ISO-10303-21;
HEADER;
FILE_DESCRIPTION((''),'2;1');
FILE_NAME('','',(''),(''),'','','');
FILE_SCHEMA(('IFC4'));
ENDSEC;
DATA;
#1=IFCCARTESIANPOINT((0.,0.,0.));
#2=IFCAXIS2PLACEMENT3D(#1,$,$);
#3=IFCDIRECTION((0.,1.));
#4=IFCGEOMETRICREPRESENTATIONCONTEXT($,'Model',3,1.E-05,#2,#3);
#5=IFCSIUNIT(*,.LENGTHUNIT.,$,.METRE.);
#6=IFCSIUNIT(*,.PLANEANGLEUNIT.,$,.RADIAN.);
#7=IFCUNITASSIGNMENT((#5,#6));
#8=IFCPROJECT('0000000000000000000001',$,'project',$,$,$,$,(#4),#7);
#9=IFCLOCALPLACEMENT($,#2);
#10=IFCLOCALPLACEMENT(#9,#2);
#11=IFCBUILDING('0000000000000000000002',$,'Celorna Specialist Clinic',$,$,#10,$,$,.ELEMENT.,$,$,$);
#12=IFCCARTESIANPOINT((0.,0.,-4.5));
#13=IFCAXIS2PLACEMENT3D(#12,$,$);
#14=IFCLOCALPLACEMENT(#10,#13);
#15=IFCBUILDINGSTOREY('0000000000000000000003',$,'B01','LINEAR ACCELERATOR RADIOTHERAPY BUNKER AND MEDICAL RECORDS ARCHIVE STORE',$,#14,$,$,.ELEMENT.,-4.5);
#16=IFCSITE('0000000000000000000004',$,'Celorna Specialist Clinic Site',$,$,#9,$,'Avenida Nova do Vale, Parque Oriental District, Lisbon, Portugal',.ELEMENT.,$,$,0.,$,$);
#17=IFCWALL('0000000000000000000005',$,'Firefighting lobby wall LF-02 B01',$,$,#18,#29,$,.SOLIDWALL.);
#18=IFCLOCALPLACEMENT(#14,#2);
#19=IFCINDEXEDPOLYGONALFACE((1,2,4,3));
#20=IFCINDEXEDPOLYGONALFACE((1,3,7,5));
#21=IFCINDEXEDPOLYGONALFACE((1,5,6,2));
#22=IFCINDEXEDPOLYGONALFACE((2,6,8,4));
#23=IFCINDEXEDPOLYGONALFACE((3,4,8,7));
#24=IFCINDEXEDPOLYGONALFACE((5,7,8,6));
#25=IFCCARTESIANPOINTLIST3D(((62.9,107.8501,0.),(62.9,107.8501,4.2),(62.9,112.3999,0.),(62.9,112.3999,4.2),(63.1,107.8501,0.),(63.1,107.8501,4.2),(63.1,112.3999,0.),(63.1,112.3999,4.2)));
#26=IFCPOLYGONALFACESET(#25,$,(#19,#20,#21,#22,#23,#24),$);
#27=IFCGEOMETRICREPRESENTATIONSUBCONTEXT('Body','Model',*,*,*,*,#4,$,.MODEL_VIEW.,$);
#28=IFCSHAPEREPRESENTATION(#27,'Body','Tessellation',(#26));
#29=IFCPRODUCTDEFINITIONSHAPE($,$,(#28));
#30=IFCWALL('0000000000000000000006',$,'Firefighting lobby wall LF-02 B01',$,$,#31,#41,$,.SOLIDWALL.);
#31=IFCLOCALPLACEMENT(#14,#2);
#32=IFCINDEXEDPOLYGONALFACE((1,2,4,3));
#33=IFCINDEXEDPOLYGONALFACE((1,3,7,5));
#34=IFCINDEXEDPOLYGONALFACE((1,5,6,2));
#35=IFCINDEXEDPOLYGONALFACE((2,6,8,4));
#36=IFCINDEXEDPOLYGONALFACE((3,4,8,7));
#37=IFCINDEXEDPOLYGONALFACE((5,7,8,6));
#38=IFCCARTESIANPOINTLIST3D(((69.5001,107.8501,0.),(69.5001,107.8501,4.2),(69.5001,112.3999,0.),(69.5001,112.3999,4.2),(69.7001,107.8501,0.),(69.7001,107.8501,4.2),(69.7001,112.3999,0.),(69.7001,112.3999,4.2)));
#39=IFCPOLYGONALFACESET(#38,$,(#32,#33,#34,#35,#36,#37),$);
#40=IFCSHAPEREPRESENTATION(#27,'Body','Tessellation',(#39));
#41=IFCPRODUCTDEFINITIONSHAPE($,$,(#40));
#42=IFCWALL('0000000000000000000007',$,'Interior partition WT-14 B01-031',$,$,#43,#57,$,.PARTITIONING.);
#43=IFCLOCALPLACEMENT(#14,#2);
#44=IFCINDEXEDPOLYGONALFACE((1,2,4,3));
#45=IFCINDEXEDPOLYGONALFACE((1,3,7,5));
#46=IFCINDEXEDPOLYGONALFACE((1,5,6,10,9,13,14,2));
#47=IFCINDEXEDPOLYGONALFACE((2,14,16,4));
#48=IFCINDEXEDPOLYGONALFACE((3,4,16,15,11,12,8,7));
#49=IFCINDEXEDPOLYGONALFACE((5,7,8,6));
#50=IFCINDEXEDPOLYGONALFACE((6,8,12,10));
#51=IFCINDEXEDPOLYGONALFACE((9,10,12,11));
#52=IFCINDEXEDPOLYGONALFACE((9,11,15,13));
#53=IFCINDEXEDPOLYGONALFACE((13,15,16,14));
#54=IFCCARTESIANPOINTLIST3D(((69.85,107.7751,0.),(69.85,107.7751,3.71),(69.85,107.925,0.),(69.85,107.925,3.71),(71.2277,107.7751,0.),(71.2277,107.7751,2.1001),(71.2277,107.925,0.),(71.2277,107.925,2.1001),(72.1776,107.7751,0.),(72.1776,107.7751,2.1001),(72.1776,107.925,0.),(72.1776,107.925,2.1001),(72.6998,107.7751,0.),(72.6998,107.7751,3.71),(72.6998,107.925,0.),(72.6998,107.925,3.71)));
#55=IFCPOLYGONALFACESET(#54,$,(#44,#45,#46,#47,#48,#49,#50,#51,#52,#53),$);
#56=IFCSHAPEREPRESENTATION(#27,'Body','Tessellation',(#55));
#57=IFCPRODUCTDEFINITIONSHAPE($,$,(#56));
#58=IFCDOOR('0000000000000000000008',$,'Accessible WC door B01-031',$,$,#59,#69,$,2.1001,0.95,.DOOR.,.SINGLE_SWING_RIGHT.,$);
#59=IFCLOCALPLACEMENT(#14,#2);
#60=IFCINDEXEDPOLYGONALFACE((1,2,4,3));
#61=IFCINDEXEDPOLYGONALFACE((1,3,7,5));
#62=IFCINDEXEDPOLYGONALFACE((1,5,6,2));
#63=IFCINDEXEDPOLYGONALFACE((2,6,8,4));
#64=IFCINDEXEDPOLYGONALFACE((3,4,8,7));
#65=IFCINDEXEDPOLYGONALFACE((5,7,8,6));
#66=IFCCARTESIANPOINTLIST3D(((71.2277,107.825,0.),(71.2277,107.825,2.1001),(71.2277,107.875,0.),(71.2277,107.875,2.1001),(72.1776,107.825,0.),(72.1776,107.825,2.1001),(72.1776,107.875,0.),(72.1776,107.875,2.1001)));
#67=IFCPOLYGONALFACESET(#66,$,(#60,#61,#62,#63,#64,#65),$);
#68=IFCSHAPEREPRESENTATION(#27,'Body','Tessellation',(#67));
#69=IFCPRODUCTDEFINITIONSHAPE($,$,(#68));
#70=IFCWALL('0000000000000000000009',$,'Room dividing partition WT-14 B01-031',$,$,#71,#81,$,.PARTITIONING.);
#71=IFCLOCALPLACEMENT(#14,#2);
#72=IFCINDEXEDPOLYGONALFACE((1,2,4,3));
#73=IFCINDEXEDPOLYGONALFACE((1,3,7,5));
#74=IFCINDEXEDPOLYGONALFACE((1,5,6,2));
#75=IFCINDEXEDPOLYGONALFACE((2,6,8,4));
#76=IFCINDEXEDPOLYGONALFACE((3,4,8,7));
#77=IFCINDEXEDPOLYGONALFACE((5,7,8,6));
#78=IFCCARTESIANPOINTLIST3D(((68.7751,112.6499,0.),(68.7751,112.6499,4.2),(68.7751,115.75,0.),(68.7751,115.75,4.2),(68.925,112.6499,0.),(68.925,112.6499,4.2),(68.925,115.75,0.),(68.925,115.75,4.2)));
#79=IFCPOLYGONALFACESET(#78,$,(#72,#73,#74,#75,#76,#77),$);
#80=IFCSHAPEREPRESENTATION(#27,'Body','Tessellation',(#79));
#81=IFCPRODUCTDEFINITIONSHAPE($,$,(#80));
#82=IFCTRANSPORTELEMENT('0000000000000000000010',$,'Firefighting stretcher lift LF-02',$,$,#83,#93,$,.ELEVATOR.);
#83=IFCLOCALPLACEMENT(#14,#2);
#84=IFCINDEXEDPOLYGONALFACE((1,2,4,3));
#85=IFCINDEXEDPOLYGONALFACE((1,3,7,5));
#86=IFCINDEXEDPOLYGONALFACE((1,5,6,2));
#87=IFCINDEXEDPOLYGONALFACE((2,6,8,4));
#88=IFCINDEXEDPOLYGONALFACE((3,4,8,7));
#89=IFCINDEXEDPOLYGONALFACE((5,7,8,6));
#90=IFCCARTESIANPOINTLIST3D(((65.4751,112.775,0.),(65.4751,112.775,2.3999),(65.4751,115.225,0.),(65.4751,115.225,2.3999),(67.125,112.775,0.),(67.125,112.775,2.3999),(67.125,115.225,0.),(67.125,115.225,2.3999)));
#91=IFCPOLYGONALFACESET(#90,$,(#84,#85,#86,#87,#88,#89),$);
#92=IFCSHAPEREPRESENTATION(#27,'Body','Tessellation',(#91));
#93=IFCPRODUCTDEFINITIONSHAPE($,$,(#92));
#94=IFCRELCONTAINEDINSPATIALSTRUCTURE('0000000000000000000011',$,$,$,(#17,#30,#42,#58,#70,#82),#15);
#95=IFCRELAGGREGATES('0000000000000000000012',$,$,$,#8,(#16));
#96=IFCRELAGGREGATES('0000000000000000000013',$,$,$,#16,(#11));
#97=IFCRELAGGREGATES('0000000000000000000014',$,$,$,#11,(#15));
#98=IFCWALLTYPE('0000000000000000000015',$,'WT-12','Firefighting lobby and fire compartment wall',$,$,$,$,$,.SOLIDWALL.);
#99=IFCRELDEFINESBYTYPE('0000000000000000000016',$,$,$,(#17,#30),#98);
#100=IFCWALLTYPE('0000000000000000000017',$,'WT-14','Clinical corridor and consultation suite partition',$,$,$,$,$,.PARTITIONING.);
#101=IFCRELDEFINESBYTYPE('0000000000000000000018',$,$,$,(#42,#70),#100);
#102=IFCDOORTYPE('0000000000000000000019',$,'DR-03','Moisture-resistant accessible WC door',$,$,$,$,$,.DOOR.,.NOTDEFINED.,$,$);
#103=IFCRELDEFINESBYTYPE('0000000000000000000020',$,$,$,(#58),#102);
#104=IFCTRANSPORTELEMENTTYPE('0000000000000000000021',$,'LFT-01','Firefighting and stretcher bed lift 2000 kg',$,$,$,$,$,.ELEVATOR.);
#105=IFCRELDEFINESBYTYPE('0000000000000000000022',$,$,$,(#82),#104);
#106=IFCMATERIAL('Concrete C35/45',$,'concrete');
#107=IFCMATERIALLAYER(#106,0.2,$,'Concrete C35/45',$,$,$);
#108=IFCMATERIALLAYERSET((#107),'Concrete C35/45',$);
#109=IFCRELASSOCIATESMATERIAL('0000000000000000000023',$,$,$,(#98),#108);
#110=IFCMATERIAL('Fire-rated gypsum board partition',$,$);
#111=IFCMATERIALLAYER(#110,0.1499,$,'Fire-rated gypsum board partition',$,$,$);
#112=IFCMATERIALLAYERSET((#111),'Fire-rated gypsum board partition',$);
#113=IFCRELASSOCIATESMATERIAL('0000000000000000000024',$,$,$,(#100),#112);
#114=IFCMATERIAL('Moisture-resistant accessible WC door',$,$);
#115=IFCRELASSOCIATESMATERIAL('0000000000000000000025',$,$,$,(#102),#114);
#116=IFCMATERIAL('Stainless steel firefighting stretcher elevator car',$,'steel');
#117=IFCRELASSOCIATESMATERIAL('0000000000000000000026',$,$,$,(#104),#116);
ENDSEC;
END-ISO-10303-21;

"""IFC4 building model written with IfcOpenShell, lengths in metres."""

from ifc_helpers import new_model, si_unit, direction, frame, frame_2d, origin, origin_2d, place, context, subcontext, project, spatial, rectangle, extrude, material, layer, layer_set, type_object, element, fill, save


model = new_model("IFC4")

# Units and contexts
model_context = context("Model", 3, precision=1e-05, world=origin(), true_north=direction((0.0, 1.0)))
body_context = subcontext(model_context, "Body", "Model", "MODEL_VIEW")
ifc_project = project(units=[si_unit("LENGTHUNIT", "METRE"), si_unit("PLANEANGLEUNIT", "RADIAN")], contexts=[model_context])

# Site, building, storey
site_placement = place(None, origin())
site = spatial("IfcSite", under=ifc_project, at=site_placement, Name="Celorna Specialist Clinic Site", LongName="Avenida Nova do Vale, Parque Oriental District, Lisbon, Portugal", CompositionType="ELEMENT", RefElevation=0.0)
building_placement = place(site_placement, origin())
building = spatial("IfcBuilding", under=site, at=building_placement, Name="Celorna Specialist Clinic", CompositionType="ELEMENT")
storey_placement = place(building_placement, frame((0.0, 0.0, -4.5)))
storey = spatial("IfcBuildingStorey", under=building, at=storey_placement, Name="B01", Description="LINEAR ACCELERATOR RADIOTHERAPY BUNKER AND MEDICAL RECORDS ARCHIVE STORE", CompositionType="ELEMENT", Elevation=-4.5)

# Shared definitions
ifc_material_1 = material(Name="Concrete C35/45", Category="concrete")

# Shared definitions
ifc_layer_1 = layer(ifc_material_1, 0.2, Name="Concrete C35/45")
ifc_layer_set_1 = layer_set([ifc_layer_1], Name="Concrete C35/45")
wall_type_1 = type_object("IfcWallType", Name="WT-12", Description="Firefighting lobby and fire compartment wall", PredefinedType="SOLIDWALL", material=ifc_layer_set_1)

# Walls
for number, where, z_axis, x_axis, name in (
    (1, (63.0, 112.3999, 0.0), (0.0, 0.0, 1.0), (0.0, -1.0, 0.0), "Firefighting lobby wall LF-02 B01"),
    (2, (69.6001, 107.8501, 0.0), (0.0, 0.0, 1.0), (0.0, 1.0, 0.0), "Firefighting lobby wall LF-02 B01"),
):
    element("IfcWall", number, at=place(storey_placement, frame(where, z_axis=z_axis, x_axis=x_axis)), inside=storey, type_object=wall_type_1, Name=name, PredefinedType="SOLIDWALL", context=body_context, shape_type="SweptSolid", body=[
        extrude(rectangle(XDim=4.5498, YDim=0.2, at=frame_2d((2.2749, 0.0))), origin(), (0.0, 0.0, 1.0), 4.2),
    ])

# Wall, opening, door
ifc_material_2 = material(Name="Fire-rated gypsum board partition")
ifc_layer_2 = layer(ifc_material_2, 0.1499, Name="Fire-rated gypsum board partition")
ifc_layer_set_2 = layer_set([ifc_layer_2], Name="Fire-rated gypsum board partition")
wall_type_2 = type_object("IfcWallType", Name="WT-14", Description="Clinical corridor and consultation suite partition", PredefinedType="PARTITIONING", material=ifc_layer_set_2)
wall_1_placement = place(storey_placement, frame((69.8501, 107.8501, 0.0), z_axis=(0.0, 0.0, 1.0), x_axis=(1.0, 0.0, 0.0)))
wall_1 = element("IfcWall", 3, at=wall_1_placement, inside=storey, type_object=wall_type_2, Name="Interior partition WT-14 B01-031", PredefinedType="PARTITIONING", context=body_context, shape_type="SweptSolid", body=[
    extrude(rectangle(XDim=2.8499, YDim=0.1499, at=frame_2d((1.4248, 0.0))), origin(), (0.0, 0.0, 1.0), 3.71),
])
opening_1_placement = place(wall_1_placement, frame((1.3774, 0.0, 0.0)))
opening_1 = element("IfcOpeningElement", 4, at=opening_1_placement, cuts=wall_1, PredefinedType="OPENING", context=body_context, shape_type="SweptSolid", body=[
    extrude(rectangle(XDim=0.95, YDim=2.1001, at=frame_2d((0.4751, 1.05))), frame((0.0, 0.085, 0.0), z_axis=(0.0, -1.0, 0.0), x_axis=(1.0, 0.0, 0.0)), (0.0, 0.0, 1.0), 0.1699),
])
ifc_material_3 = material(Name="Moisture-resistant accessible WC door")
door_type_1 = type_object("IfcDoorType", Name="DR-03", Description="Moisture-resistant accessible WC door", OperationType="NOTDEFINED", PredefinedType="DOOR", material=ifc_material_3)
door_1_placement = place(opening_1_placement, origin())
door_1 = element("IfcDoor", 5, at=door_1_placement, inside=storey, type_object=door_type_1, Name="Accessible WC door B01-031", OperationType="SINGLE_SWING_RIGHT", OverallHeight=2.1001, OverallWidth=0.95, PredefinedType="DOOR", context=body_context, shape_type="SweptSolid", body=[
    extrude(rectangle(XDim=0.95, YDim=2.1001, at=frame_2d((0.4751, 1.05))), frame((0.0, 0.0249, 0.0), z_axis=(0.0, -1.0, 0.0), x_axis=(1.0, 0.0, 0.0)), (0.0, 0.0, 1.0), 0.05),
])
fill(opening_1, door_1)

# Wall
wall_2_placement = place(storey_placement, frame((68.8501, 112.6499, 0.0), z_axis=(0.0, 0.0, 1.0), x_axis=(0.0, 1.0, 0.0)))
element("IfcWall", 6, at=wall_2_placement, inside=storey, type_object=wall_type_2, Name="Room dividing partition WT-14 B01-031", PredefinedType="PARTITIONING", context=body_context, shape_type="SweptSolid", body=[
    extrude(rectangle(XDim=3.1001, YDim=0.1499, at=frame_2d((1.55, 0.0))), origin(), (0.0, 0.0, 1.0), 4.2),
])

# Transport element
ifc_material_4 = material(Name="Stainless steel firefighting stretcher elevator car", Category="steel")
transport_element_type = type_object("IfcTransportElementType", Name="LFT-01", Description="Firefighting and stretcher bed lift 2000 kg", PredefinedType="ELEVATOR", material=ifc_material_4)
transport_element_placement = place(storey_placement, frame((66.3, 114.0, 0.0), z_axis=(0.0, 0.0, 1.0), x_axis=(1.0, 0.0, 0.0)))
element("IfcTransportElement", 7, at=transport_element_placement, inside=storey, type_object=transport_element_type, Name="Firefighting stretcher lift LF-02", PredefinedType="ELEVATOR", context=body_context, shape_type="SweptSolid", body=[
    extrude(rectangle(XDim=1.6499, YDim=2.45, at=origin_2d()), origin(), (0.0, 0.0, 1.0), 2.3999),
])

save(model, "model.ifc")
